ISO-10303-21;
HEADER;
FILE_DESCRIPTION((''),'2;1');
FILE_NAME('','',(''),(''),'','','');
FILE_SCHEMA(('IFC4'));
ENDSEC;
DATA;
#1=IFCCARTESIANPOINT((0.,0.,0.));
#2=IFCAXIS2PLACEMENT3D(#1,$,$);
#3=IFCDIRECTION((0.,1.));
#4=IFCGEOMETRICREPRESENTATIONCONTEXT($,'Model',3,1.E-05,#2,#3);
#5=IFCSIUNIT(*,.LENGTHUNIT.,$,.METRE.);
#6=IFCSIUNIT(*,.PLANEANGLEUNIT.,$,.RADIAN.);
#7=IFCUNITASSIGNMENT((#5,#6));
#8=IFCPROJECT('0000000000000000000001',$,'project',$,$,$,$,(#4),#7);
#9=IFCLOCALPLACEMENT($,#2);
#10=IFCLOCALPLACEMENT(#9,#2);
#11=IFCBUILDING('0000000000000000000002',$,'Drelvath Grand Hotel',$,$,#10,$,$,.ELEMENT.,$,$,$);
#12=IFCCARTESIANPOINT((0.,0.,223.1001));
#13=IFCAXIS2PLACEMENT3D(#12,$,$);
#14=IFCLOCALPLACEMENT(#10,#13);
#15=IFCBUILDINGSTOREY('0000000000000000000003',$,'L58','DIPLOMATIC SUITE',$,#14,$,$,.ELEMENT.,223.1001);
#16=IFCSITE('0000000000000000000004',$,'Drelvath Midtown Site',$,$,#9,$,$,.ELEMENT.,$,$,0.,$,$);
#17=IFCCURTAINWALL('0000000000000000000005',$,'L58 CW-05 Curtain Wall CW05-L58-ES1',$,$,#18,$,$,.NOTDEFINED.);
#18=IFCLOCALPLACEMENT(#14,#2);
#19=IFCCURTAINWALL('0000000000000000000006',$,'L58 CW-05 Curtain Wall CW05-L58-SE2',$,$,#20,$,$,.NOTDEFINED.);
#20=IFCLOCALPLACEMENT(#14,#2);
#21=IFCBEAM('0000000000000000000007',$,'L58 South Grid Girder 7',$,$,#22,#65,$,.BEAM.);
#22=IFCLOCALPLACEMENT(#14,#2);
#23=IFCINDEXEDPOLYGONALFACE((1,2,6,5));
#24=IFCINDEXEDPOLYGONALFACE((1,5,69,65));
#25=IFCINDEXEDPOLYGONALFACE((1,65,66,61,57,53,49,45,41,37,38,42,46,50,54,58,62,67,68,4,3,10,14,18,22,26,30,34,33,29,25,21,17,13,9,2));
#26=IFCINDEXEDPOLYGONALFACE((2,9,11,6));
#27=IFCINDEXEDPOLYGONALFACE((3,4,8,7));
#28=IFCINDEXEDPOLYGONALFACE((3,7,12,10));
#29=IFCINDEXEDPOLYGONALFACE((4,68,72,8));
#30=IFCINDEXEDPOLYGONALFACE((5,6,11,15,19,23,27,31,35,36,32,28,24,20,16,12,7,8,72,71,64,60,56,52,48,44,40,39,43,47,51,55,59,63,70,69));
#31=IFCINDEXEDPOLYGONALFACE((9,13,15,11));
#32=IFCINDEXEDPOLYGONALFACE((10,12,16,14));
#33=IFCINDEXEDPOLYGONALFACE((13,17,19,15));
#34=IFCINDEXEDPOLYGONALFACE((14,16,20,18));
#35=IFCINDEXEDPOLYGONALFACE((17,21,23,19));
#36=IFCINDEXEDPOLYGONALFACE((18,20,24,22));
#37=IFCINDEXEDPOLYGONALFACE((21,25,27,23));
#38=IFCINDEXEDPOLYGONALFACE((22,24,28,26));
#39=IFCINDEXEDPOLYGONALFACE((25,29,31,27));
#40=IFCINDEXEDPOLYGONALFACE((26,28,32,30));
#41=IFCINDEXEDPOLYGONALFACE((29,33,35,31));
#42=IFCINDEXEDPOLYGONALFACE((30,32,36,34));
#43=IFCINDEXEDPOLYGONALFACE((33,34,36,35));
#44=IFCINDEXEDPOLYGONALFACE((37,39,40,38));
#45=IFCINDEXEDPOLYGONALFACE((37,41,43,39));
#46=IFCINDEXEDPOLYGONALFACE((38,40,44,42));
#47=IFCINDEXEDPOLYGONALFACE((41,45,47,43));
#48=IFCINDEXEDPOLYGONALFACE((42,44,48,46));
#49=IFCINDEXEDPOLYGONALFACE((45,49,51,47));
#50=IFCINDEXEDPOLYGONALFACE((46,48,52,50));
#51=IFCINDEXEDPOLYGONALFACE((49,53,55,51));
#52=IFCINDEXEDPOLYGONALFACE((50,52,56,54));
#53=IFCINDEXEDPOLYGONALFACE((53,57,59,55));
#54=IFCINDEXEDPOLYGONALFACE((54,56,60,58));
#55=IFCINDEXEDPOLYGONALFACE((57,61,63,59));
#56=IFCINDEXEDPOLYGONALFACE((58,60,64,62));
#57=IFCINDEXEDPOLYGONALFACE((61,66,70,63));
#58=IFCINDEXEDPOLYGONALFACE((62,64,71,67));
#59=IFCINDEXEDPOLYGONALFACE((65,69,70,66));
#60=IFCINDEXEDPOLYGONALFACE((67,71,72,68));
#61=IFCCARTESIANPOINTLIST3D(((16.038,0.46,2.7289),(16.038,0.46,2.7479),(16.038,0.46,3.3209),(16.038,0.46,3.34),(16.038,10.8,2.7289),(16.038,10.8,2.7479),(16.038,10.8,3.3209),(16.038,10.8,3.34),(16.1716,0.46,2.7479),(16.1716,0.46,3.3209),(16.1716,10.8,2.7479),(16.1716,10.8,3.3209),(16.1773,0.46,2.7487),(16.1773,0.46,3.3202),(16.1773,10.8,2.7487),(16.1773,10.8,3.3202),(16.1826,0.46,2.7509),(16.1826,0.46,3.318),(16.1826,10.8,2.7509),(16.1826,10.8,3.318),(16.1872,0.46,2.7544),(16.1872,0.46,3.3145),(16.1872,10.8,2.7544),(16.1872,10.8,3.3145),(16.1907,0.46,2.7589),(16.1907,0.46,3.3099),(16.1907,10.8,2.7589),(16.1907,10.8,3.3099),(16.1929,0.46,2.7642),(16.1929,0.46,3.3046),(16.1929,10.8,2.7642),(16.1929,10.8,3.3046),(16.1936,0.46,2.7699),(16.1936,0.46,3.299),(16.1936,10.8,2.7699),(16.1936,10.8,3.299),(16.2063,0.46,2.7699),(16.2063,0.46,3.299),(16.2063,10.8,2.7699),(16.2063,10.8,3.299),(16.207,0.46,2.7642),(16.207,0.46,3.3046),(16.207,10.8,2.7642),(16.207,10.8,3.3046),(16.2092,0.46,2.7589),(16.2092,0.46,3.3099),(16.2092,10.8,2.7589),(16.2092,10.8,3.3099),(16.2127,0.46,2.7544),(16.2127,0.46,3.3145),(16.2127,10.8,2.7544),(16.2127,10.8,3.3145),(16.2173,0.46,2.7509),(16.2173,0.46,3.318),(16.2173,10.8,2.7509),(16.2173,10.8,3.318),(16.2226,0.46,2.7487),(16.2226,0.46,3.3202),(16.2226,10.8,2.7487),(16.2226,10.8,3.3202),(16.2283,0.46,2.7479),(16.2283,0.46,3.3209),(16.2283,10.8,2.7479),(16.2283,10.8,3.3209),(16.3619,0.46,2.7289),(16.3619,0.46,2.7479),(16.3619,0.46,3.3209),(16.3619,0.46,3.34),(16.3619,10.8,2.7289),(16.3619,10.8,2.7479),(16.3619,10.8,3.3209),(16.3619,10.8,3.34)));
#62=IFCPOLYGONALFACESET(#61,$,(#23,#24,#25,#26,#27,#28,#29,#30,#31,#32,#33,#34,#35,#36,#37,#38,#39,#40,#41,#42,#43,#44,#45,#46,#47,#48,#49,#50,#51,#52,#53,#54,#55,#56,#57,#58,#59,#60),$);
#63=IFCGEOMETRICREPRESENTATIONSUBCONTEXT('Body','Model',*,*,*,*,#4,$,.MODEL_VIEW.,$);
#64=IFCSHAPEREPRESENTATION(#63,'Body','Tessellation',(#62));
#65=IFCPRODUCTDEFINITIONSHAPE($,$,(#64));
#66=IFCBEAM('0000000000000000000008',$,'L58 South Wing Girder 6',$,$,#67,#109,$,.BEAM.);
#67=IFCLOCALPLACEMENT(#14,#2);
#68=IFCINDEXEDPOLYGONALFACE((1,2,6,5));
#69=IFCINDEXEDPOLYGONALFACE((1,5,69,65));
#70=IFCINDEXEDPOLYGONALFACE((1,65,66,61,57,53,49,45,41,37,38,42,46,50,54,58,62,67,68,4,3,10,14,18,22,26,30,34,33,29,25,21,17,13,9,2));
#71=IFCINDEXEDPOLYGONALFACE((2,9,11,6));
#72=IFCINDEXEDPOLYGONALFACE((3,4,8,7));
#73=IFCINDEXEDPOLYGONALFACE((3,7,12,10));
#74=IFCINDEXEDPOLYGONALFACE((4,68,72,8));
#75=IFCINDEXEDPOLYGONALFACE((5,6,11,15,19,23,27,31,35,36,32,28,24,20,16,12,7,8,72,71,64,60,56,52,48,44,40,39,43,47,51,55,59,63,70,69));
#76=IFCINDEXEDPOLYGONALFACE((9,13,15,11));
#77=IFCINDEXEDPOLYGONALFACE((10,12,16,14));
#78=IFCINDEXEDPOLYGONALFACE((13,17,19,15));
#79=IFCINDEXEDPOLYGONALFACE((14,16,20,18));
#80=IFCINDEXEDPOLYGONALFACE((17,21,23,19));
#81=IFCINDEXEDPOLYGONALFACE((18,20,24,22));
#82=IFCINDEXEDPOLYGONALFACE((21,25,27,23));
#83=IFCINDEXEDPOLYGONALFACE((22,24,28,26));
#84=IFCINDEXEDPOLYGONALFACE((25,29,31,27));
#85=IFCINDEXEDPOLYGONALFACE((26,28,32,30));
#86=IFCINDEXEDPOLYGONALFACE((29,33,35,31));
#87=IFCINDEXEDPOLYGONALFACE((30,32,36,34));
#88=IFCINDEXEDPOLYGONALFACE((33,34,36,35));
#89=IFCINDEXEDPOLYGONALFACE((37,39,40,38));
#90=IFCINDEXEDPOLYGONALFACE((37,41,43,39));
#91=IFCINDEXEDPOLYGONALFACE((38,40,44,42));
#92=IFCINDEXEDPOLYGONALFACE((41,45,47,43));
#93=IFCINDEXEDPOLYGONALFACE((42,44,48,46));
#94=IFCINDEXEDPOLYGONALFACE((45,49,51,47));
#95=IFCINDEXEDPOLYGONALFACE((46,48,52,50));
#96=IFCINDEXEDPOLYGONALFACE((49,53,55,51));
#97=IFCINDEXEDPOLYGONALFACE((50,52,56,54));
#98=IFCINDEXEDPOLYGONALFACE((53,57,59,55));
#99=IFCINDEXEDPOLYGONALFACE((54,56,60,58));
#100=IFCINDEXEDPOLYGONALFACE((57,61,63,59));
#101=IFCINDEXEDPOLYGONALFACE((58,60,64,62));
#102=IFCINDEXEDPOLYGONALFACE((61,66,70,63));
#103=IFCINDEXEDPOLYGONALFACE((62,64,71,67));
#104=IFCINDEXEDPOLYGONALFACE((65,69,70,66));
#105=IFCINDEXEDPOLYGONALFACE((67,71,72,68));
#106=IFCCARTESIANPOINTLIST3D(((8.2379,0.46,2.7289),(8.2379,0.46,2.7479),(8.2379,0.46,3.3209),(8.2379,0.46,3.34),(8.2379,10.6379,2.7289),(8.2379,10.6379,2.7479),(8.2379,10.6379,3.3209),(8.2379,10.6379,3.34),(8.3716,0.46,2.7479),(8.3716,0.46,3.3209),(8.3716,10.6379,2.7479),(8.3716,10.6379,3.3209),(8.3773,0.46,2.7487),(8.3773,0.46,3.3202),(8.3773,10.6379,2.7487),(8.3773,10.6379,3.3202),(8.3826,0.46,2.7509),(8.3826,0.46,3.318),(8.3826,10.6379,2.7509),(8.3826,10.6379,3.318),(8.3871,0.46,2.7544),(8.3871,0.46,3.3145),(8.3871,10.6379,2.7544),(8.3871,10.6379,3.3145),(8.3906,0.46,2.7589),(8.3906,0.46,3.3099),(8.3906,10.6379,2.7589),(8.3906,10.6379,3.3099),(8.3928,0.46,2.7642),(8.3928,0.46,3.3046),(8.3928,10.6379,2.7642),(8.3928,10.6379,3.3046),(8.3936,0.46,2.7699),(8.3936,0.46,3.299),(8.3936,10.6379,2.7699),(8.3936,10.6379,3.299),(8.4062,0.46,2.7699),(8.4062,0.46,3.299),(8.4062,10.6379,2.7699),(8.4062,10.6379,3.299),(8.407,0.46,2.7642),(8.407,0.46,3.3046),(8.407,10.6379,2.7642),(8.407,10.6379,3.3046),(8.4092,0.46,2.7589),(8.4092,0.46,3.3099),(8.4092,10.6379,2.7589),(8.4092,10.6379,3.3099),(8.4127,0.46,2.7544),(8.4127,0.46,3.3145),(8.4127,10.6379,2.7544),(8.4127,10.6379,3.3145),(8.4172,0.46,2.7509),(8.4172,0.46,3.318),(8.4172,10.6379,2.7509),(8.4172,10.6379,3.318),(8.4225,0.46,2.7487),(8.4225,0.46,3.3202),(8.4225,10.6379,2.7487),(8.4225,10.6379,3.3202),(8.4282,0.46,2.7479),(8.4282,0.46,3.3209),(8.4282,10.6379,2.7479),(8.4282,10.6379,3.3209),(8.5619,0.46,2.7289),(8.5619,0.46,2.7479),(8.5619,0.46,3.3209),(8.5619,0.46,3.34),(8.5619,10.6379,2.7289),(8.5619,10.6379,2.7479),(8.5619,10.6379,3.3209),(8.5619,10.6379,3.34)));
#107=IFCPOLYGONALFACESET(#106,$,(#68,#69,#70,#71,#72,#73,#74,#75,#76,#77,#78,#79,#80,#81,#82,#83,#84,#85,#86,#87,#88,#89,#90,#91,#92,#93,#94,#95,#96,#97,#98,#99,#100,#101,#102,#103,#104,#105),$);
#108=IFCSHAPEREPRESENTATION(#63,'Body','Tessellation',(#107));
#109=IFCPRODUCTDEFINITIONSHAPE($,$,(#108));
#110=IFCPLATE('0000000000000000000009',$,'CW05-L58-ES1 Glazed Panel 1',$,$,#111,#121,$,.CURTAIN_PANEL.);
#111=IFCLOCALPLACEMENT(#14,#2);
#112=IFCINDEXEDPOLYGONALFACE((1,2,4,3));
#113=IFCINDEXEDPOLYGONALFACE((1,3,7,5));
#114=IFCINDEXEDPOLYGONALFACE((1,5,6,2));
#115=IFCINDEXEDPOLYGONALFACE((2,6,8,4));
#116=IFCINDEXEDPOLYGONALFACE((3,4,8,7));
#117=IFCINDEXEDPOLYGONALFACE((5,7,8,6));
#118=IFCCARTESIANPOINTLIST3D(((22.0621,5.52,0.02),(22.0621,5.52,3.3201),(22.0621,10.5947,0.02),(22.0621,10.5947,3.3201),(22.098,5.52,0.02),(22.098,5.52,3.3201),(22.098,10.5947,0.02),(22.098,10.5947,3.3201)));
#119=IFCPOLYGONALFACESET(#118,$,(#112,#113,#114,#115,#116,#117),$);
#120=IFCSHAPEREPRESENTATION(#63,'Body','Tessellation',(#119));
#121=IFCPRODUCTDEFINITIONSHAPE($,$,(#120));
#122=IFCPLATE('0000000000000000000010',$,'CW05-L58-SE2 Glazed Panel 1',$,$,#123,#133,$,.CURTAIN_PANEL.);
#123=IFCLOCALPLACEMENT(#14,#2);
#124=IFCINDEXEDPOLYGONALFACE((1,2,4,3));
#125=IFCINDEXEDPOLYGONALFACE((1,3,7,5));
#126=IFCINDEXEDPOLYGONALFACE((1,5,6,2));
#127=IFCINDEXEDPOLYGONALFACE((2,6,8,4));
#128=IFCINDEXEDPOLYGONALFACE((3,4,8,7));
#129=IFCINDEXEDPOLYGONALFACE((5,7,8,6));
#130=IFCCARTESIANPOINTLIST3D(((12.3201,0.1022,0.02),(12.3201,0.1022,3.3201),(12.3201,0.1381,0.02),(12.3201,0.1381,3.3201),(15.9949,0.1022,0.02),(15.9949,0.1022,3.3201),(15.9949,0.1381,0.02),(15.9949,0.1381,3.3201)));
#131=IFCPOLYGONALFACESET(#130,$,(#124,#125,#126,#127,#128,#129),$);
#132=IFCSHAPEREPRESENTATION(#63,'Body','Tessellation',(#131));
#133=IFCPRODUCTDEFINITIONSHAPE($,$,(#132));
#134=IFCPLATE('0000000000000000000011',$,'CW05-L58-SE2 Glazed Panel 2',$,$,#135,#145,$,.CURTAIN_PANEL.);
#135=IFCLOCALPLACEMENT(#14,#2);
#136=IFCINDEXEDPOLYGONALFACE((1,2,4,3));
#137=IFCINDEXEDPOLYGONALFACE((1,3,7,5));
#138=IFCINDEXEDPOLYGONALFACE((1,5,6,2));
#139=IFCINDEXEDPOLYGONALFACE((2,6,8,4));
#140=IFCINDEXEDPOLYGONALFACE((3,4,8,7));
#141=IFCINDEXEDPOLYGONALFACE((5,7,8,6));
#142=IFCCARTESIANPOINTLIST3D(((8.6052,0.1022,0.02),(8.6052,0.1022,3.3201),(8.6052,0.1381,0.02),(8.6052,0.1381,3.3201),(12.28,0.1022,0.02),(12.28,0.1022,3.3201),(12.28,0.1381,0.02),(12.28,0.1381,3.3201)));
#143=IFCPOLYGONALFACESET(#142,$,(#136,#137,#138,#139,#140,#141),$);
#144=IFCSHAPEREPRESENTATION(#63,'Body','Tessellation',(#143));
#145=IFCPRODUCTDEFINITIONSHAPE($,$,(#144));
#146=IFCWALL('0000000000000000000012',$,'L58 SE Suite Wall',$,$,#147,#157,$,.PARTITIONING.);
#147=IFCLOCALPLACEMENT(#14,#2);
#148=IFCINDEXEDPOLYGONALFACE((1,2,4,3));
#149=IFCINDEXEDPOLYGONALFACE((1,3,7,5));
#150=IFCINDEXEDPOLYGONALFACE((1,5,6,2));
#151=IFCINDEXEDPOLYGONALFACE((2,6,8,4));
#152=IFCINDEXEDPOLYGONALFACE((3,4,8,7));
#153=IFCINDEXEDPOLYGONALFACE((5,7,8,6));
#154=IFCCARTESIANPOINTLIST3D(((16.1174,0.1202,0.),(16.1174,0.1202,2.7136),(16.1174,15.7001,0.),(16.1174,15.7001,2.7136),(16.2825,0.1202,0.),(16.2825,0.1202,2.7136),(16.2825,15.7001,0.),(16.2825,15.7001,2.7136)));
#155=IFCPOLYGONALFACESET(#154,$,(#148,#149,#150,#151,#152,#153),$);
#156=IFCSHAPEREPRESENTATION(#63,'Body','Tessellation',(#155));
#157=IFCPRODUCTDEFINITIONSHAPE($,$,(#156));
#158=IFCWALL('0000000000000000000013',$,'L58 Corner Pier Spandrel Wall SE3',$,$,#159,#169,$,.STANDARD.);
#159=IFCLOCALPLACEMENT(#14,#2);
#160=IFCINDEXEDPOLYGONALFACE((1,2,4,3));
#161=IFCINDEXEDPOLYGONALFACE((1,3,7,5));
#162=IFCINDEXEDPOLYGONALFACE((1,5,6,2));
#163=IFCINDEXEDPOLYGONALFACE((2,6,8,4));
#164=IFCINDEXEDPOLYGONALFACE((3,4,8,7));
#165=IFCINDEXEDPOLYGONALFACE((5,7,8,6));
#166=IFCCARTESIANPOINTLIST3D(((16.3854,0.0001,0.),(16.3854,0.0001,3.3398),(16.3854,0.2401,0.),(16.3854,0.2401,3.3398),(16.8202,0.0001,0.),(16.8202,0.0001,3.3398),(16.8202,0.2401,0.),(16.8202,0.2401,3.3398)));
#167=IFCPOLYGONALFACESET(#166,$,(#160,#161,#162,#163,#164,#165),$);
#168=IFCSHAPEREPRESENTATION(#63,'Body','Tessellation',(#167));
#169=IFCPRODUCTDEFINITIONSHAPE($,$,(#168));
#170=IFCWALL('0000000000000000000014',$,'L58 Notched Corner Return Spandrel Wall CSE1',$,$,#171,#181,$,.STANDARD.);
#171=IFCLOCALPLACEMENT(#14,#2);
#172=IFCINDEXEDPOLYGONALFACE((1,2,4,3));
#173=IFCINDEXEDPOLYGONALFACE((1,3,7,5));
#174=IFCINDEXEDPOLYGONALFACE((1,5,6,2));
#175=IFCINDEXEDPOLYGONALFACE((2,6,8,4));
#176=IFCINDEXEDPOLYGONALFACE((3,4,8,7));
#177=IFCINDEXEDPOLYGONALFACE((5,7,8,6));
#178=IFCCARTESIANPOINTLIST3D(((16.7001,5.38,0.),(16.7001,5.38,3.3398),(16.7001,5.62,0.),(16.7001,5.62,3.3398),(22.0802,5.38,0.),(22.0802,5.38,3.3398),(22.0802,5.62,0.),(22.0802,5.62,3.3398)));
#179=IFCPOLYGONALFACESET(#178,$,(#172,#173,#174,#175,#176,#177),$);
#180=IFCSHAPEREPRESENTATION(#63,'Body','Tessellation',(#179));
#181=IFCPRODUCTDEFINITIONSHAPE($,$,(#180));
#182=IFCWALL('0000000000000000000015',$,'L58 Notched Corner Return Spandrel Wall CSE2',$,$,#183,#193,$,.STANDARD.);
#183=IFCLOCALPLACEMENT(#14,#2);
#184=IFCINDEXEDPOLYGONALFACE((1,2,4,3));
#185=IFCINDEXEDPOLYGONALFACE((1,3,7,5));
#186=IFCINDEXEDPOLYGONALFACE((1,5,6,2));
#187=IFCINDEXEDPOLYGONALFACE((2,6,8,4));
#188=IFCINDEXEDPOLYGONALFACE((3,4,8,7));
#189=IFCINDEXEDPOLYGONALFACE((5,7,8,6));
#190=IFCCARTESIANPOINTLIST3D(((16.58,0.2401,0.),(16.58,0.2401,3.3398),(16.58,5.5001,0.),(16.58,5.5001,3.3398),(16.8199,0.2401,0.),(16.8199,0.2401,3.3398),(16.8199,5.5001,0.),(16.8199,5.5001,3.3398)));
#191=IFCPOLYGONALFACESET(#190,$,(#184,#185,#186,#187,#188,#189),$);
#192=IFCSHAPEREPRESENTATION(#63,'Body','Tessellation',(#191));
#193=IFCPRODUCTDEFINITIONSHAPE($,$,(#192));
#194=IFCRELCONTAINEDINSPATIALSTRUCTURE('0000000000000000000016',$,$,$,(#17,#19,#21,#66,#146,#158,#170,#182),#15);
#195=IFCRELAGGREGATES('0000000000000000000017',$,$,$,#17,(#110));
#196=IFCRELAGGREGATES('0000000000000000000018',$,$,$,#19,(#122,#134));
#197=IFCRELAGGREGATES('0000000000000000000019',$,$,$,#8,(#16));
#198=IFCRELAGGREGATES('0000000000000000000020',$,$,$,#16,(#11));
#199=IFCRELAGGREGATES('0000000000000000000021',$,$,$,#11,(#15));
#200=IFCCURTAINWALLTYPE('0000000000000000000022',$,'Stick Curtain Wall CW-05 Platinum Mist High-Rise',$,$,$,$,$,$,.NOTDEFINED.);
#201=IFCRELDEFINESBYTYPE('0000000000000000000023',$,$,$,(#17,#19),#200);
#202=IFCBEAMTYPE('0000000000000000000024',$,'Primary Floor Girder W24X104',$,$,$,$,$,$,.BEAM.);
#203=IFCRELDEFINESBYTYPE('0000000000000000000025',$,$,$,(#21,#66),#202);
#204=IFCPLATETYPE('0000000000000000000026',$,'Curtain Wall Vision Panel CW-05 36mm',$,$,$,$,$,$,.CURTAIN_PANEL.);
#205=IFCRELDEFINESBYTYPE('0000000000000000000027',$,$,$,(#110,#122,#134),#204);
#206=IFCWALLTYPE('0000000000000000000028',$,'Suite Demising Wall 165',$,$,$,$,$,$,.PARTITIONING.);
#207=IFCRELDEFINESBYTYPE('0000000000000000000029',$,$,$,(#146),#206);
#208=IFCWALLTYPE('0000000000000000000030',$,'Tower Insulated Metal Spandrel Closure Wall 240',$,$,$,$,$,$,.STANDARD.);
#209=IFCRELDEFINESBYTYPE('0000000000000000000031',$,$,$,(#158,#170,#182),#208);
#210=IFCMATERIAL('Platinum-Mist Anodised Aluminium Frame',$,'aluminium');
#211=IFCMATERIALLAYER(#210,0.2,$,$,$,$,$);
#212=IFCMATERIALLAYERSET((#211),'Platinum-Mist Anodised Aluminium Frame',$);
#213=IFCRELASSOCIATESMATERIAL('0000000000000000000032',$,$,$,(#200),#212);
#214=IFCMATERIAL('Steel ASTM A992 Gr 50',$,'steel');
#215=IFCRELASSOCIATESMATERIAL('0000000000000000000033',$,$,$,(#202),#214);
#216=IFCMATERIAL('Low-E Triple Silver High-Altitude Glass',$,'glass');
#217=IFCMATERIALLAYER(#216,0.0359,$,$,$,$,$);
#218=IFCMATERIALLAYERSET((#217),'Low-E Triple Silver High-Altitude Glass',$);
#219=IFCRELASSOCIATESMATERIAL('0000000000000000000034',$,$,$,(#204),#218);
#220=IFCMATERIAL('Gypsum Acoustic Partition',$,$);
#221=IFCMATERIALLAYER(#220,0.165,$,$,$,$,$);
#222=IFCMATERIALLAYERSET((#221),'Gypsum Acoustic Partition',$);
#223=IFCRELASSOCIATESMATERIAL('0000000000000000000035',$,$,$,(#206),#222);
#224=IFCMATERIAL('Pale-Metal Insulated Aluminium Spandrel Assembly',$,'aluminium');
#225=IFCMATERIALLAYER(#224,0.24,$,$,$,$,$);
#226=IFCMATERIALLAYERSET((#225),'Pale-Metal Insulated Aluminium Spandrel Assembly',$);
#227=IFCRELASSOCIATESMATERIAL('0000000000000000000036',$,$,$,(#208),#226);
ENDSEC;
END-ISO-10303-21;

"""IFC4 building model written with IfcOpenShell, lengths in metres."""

from ifc_helpers import new_model, si_unit, direction, frame, frame_2d, origin, origin_2d, place, context, subcontext, project, spatial, rectangle, i_section, extrude, material, layer, layer_set, material_profile, profile_set, type_object, element, aggregate, save


model = new_model("IFC4")

# Units and contexts
model_context = context("Model", 3, precision=1e-05, world=origin(), true_north=direction((0.0, 1.0)))
body_context = subcontext(model_context, "Body", "Model", "MODEL_VIEW")
ifc_project = project(units=[si_unit("LENGTHUNIT", "METRE"), si_unit("PLANEANGLEUNIT", "RADIAN")], contexts=[model_context])

# Site, building, storey
site_placement = place(None, origin())
site = spatial("IfcSite", under=ifc_project, at=site_placement, Name="Drelvath Midtown Site", CompositionType="ELEMENT", RefElevation=0.0)
building_placement = place(site_placement, origin())
building = spatial("IfcBuilding", under=site, at=building_placement, Name="Drelvath Grand Hotel", CompositionType="ELEMENT")
storey_placement = place(building_placement, frame((0.0, 0.0, 223.1001)))
storey = spatial("IfcBuildingStorey", under=building, at=storey_placement, Name="L58", Description="DIPLOMATIC SUITE", CompositionType="ELEMENT", Elevation=223.1001)

# Shared definitions
ifc_material_1 = material(Name="Steel ASTM A992 Gr 50", Category="steel")

# Curtain walls
ifc_material_2 = material(Name="Platinum-Mist Anodised Aluminium Frame", Category="aluminium")
ifc_layer_1 = layer(ifc_material_2, 0.2)
ifc_layer_set_1 = layer_set([ifc_layer_1], Name="Platinum-Mist Anodised Aluminium Frame")
curtain_wall_type = type_object("IfcCurtainWallType", Name="Stick Curtain Wall CW-05 Platinum Mist High-Rise", PredefinedType="NOTDEFINED", material=ifc_layer_set_1)
curtain_wall_1_placement = place(storey_placement, origin())
curtain_wall_1 = element("IfcCurtainWall", 1, at=curtain_wall_1_placement, inside=storey, type_object=curtain_wall_type, Name="L58 CW-05 Curtain Wall CW05-L58-ES1", PredefinedType="NOTDEFINED")
curtain_wall_2_placement = place(storey_placement, origin())
curtain_wall_2 = element("IfcCurtainWall", 2, at=curtain_wall_2_placement, inside=storey, type_object=curtain_wall_type, Name="L58 CW-05 Curtain Wall CW05-L58-SE2", PredefinedType="NOTDEFINED")

# Beams
ifc_material_profile_1 = material_profile(ifc_material_1, i_section(OverallWidth=0.324, OverallDepth=0.6111, WebThickness=0.0127, FlangeThickness=0.019, FilletRadius=0.022, at=origin_2d()), Name="W24X104")
ifc_profile_set_1 = profile_set([ifc_material_profile_1], Name="Steel ASTM A992 Gr 50")
beam_type_1 = type_object("IfcBeamType", Name="Primary Floor Girder W24X104", PredefinedType="BEAM", material=ifc_profile_set_1)
beam_1_placement = place(storey_placement, frame((16.2, 0.46, 3.0344), z_axis=(0.0, 1.0, 0.0), x_axis=(-1.0, 0.0, 0.0)))
element("IfcBeam", 3, at=beam_1_placement, inside=storey, type_object=beam_type_1, Name="L58 South Grid Girder 7", PredefinedType="BEAM", context=body_context, shape_type="SweptSolid", body=[
    extrude(i_section(OverallWidth=0.324, OverallDepth=0.6111, WebThickness=0.0127, FlangeThickness=0.019, FilletRadius=0.022, at=origin_2d()), origin(), (0.0, 0.0, 1.0), 10.3401),
])
beam_2_placement = place(storey_placement, frame((8.3999, 0.46, 3.0344), z_axis=(0.0, 1.0, 0.0), x_axis=(-1.0, 0.0, 0.0)))
element("IfcBeam", 4, at=beam_2_placement, inside=storey, type_object=beam_type_1, Name="L58 South Wing Girder 6", PredefinedType="BEAM", context=body_context, shape_type="SweptSolid", body=[
    extrude(i_section(OverallWidth=0.324, OverallDepth=0.6111, WebThickness=0.0127, FlangeThickness=0.019, FilletRadius=0.022, at=origin_2d()), origin(), (0.0, 0.0, 1.0), 10.178),
])

# Plates
ifc_material_3 = material(Name="Low-E Triple Silver High-Altitude Glass", Category="glass")
ifc_layer_2 = layer(ifc_material_3, 0.0359)
ifc_layer_set_2 = layer_set([ifc_layer_2], Name="Low-E Triple Silver High-Altitude Glass")
plate_type = type_object("IfcPlateType", Name="Curtain Wall Vision Panel CW-05 36mm", PredefinedType="CURTAIN_PANEL", material=ifc_layer_set_2)
plate_1_placement = place(storey_placement, frame((22.0801, 8.0574, 0.02), z_axis=(0.0, 0.0, 1.0), x_axis=(0.0, -1.0, 0.0)))
plate_1 = element("IfcPlate", 5, at=plate_1_placement, type_object=plate_type, Name="CW05-L58-ES1 Glazed Panel 1", PredefinedType="CURTAIN_PANEL", context=body_context, shape_type="SweptSolid", body=[
    extrude(rectangle(XDim=5.0747, YDim=0.0359, at=origin_2d()), origin(), (0.0, 0.0, 1.0), 3.3),
])
aggregate(curtain_wall_1, [plate_1])
plate_2_placement = place(storey_placement, frame((14.1575, 0.1201, 0.02), z_axis=(0.0, 0.0, 1.0), x_axis=(-1.0, 0.0, 0.0)))
plate_2 = element("IfcPlate", 6, at=plate_2_placement, type_object=plate_type, Name="CW05-L58-SE2 Glazed Panel 1", PredefinedType="CURTAIN_PANEL", context=body_context, shape_type="SweptSolid", body=[
    extrude(rectangle(XDim=3.6748, YDim=0.0359, at=origin_2d()), origin(), (0.0, 0.0, 1.0), 3.3),
])
plate_3_placement = place(storey_placement, frame((10.4426, 0.1201, 0.02), z_axis=(0.0, 0.0, 1.0), x_axis=(-1.0, 0.0, 0.0)))
plate_3 = element("IfcPlate", 7, at=plate_3_placement, type_object=plate_type, Name="CW05-L58-SE2 Glazed Panel 2", PredefinedType="CURTAIN_PANEL", context=body_context, shape_type="SweptSolid", body=[
    extrude(rectangle(XDim=3.6748, YDim=0.0359, at=origin_2d()), origin(), (0.0, 0.0, 1.0), 3.3),
])
aggregate(curtain_wall_2, [plate_2, plate_3])

# Walls
ifc_material_4 = material(Name="Gypsum Acoustic Partition")
ifc_layer_3 = layer(ifc_material_4, 0.165)
ifc_layer_set_3 = layer_set([ifc_layer_3], Name="Gypsum Acoustic Partition")
wall_type_1 = type_object("IfcWallType", Name="Suite Demising Wall 165", PredefinedType="PARTITIONING", material=ifc_layer_set_3)
wall_1_placement = place(storey_placement, frame((16.2, 0.1201, 0.0), z_axis=(0.0, 0.0, 1.0), x_axis=(0.0, 1.0, 0.0)))
element("IfcWall", 8, at=wall_1_placement, inside=storey, type_object=wall_type_1, Name="L58 SE Suite Wall", PredefinedType="PARTITIONING", context=body_context, shape_type="SweptSolid", body=[
    extrude(rectangle(XDim=15.5798, YDim=0.165, at=frame_2d((7.79, 0.0))), origin(), (0.0, 0.0, 1.0), 2.7136),
])
ifc_material_5 = material(Name="Pale-Metal Insulated Aluminium Spandrel Assembly", Category="aluminium")
ifc_layer_4 = layer(ifc_material_5, 0.24)
ifc_layer_set_4 = layer_set([ifc_layer_4], Name="Pale-Metal Insulated Aluminium Spandrel Assembly")
wall_type_2 = type_object("IfcWallType", Name="Tower Insulated Metal Spandrel Closure Wall 240", PredefinedType="STANDARD", material=ifc_layer_set_4)
wall_2_placement = place(storey_placement, frame((16.8201, 0.1201, 0.0), z_axis=(0.0, 0.0, 1.0), x_axis=(-1.0, 0.0, 0.0)))
element("IfcWall", 9, at=wall_2_placement, inside=storey, type_object=wall_type_2, Name="L58 Corner Pier Spandrel Wall SE3", PredefinedType="STANDARD", context=body_context, shape_type="SweptSolid", body=[
    extrude(rectangle(XDim=0.4348, YDim=0.24, at=frame_2d((0.2173, 0.0))), origin(), (0.0, 0.0, 1.0), 3.3398),
])
wall_3_placement = place(storey_placement, frame((22.0801, 5.5, 0.0), z_axis=(0.0, 0.0, 1.0), x_axis=(-1.0, 0.0, 0.0)))
element("IfcWall", 10, at=wall_3_placement, inside=storey, type_object=wall_type_2, Name="L58 Notched Corner Return Spandrel Wall CSE1", PredefinedType="STANDARD", context=body_context, shape_type="SweptSolid", body=[
    extrude(rectangle(XDim=5.3801, YDim=0.24, at=frame_2d((2.6899, 0.0))), origin(), (0.0, 0.0, 1.0), 3.3398),
])
wall_4_placement = place(storey_placement, frame((16.7, 5.5, 0.0), z_axis=(0.0, 0.0, 1.0), x_axis=(0.0, -1.0, 0.0)))
element("IfcWall", 11, at=wall_4_placement, inside=storey, type_object=wall_type_2, Name="L58 Notched Corner Return Spandrel Wall CSE2", PredefinedType="STANDARD", context=body_context, shape_type="SweptSolid", body=[
    extrude(rectangle(XDim=5.26, YDim=0.24, at=frame_2d((2.6299, 0.0))), origin(), (0.0, 0.0, 1.0), 3.3398),
])

save(model, "model.ifc")
